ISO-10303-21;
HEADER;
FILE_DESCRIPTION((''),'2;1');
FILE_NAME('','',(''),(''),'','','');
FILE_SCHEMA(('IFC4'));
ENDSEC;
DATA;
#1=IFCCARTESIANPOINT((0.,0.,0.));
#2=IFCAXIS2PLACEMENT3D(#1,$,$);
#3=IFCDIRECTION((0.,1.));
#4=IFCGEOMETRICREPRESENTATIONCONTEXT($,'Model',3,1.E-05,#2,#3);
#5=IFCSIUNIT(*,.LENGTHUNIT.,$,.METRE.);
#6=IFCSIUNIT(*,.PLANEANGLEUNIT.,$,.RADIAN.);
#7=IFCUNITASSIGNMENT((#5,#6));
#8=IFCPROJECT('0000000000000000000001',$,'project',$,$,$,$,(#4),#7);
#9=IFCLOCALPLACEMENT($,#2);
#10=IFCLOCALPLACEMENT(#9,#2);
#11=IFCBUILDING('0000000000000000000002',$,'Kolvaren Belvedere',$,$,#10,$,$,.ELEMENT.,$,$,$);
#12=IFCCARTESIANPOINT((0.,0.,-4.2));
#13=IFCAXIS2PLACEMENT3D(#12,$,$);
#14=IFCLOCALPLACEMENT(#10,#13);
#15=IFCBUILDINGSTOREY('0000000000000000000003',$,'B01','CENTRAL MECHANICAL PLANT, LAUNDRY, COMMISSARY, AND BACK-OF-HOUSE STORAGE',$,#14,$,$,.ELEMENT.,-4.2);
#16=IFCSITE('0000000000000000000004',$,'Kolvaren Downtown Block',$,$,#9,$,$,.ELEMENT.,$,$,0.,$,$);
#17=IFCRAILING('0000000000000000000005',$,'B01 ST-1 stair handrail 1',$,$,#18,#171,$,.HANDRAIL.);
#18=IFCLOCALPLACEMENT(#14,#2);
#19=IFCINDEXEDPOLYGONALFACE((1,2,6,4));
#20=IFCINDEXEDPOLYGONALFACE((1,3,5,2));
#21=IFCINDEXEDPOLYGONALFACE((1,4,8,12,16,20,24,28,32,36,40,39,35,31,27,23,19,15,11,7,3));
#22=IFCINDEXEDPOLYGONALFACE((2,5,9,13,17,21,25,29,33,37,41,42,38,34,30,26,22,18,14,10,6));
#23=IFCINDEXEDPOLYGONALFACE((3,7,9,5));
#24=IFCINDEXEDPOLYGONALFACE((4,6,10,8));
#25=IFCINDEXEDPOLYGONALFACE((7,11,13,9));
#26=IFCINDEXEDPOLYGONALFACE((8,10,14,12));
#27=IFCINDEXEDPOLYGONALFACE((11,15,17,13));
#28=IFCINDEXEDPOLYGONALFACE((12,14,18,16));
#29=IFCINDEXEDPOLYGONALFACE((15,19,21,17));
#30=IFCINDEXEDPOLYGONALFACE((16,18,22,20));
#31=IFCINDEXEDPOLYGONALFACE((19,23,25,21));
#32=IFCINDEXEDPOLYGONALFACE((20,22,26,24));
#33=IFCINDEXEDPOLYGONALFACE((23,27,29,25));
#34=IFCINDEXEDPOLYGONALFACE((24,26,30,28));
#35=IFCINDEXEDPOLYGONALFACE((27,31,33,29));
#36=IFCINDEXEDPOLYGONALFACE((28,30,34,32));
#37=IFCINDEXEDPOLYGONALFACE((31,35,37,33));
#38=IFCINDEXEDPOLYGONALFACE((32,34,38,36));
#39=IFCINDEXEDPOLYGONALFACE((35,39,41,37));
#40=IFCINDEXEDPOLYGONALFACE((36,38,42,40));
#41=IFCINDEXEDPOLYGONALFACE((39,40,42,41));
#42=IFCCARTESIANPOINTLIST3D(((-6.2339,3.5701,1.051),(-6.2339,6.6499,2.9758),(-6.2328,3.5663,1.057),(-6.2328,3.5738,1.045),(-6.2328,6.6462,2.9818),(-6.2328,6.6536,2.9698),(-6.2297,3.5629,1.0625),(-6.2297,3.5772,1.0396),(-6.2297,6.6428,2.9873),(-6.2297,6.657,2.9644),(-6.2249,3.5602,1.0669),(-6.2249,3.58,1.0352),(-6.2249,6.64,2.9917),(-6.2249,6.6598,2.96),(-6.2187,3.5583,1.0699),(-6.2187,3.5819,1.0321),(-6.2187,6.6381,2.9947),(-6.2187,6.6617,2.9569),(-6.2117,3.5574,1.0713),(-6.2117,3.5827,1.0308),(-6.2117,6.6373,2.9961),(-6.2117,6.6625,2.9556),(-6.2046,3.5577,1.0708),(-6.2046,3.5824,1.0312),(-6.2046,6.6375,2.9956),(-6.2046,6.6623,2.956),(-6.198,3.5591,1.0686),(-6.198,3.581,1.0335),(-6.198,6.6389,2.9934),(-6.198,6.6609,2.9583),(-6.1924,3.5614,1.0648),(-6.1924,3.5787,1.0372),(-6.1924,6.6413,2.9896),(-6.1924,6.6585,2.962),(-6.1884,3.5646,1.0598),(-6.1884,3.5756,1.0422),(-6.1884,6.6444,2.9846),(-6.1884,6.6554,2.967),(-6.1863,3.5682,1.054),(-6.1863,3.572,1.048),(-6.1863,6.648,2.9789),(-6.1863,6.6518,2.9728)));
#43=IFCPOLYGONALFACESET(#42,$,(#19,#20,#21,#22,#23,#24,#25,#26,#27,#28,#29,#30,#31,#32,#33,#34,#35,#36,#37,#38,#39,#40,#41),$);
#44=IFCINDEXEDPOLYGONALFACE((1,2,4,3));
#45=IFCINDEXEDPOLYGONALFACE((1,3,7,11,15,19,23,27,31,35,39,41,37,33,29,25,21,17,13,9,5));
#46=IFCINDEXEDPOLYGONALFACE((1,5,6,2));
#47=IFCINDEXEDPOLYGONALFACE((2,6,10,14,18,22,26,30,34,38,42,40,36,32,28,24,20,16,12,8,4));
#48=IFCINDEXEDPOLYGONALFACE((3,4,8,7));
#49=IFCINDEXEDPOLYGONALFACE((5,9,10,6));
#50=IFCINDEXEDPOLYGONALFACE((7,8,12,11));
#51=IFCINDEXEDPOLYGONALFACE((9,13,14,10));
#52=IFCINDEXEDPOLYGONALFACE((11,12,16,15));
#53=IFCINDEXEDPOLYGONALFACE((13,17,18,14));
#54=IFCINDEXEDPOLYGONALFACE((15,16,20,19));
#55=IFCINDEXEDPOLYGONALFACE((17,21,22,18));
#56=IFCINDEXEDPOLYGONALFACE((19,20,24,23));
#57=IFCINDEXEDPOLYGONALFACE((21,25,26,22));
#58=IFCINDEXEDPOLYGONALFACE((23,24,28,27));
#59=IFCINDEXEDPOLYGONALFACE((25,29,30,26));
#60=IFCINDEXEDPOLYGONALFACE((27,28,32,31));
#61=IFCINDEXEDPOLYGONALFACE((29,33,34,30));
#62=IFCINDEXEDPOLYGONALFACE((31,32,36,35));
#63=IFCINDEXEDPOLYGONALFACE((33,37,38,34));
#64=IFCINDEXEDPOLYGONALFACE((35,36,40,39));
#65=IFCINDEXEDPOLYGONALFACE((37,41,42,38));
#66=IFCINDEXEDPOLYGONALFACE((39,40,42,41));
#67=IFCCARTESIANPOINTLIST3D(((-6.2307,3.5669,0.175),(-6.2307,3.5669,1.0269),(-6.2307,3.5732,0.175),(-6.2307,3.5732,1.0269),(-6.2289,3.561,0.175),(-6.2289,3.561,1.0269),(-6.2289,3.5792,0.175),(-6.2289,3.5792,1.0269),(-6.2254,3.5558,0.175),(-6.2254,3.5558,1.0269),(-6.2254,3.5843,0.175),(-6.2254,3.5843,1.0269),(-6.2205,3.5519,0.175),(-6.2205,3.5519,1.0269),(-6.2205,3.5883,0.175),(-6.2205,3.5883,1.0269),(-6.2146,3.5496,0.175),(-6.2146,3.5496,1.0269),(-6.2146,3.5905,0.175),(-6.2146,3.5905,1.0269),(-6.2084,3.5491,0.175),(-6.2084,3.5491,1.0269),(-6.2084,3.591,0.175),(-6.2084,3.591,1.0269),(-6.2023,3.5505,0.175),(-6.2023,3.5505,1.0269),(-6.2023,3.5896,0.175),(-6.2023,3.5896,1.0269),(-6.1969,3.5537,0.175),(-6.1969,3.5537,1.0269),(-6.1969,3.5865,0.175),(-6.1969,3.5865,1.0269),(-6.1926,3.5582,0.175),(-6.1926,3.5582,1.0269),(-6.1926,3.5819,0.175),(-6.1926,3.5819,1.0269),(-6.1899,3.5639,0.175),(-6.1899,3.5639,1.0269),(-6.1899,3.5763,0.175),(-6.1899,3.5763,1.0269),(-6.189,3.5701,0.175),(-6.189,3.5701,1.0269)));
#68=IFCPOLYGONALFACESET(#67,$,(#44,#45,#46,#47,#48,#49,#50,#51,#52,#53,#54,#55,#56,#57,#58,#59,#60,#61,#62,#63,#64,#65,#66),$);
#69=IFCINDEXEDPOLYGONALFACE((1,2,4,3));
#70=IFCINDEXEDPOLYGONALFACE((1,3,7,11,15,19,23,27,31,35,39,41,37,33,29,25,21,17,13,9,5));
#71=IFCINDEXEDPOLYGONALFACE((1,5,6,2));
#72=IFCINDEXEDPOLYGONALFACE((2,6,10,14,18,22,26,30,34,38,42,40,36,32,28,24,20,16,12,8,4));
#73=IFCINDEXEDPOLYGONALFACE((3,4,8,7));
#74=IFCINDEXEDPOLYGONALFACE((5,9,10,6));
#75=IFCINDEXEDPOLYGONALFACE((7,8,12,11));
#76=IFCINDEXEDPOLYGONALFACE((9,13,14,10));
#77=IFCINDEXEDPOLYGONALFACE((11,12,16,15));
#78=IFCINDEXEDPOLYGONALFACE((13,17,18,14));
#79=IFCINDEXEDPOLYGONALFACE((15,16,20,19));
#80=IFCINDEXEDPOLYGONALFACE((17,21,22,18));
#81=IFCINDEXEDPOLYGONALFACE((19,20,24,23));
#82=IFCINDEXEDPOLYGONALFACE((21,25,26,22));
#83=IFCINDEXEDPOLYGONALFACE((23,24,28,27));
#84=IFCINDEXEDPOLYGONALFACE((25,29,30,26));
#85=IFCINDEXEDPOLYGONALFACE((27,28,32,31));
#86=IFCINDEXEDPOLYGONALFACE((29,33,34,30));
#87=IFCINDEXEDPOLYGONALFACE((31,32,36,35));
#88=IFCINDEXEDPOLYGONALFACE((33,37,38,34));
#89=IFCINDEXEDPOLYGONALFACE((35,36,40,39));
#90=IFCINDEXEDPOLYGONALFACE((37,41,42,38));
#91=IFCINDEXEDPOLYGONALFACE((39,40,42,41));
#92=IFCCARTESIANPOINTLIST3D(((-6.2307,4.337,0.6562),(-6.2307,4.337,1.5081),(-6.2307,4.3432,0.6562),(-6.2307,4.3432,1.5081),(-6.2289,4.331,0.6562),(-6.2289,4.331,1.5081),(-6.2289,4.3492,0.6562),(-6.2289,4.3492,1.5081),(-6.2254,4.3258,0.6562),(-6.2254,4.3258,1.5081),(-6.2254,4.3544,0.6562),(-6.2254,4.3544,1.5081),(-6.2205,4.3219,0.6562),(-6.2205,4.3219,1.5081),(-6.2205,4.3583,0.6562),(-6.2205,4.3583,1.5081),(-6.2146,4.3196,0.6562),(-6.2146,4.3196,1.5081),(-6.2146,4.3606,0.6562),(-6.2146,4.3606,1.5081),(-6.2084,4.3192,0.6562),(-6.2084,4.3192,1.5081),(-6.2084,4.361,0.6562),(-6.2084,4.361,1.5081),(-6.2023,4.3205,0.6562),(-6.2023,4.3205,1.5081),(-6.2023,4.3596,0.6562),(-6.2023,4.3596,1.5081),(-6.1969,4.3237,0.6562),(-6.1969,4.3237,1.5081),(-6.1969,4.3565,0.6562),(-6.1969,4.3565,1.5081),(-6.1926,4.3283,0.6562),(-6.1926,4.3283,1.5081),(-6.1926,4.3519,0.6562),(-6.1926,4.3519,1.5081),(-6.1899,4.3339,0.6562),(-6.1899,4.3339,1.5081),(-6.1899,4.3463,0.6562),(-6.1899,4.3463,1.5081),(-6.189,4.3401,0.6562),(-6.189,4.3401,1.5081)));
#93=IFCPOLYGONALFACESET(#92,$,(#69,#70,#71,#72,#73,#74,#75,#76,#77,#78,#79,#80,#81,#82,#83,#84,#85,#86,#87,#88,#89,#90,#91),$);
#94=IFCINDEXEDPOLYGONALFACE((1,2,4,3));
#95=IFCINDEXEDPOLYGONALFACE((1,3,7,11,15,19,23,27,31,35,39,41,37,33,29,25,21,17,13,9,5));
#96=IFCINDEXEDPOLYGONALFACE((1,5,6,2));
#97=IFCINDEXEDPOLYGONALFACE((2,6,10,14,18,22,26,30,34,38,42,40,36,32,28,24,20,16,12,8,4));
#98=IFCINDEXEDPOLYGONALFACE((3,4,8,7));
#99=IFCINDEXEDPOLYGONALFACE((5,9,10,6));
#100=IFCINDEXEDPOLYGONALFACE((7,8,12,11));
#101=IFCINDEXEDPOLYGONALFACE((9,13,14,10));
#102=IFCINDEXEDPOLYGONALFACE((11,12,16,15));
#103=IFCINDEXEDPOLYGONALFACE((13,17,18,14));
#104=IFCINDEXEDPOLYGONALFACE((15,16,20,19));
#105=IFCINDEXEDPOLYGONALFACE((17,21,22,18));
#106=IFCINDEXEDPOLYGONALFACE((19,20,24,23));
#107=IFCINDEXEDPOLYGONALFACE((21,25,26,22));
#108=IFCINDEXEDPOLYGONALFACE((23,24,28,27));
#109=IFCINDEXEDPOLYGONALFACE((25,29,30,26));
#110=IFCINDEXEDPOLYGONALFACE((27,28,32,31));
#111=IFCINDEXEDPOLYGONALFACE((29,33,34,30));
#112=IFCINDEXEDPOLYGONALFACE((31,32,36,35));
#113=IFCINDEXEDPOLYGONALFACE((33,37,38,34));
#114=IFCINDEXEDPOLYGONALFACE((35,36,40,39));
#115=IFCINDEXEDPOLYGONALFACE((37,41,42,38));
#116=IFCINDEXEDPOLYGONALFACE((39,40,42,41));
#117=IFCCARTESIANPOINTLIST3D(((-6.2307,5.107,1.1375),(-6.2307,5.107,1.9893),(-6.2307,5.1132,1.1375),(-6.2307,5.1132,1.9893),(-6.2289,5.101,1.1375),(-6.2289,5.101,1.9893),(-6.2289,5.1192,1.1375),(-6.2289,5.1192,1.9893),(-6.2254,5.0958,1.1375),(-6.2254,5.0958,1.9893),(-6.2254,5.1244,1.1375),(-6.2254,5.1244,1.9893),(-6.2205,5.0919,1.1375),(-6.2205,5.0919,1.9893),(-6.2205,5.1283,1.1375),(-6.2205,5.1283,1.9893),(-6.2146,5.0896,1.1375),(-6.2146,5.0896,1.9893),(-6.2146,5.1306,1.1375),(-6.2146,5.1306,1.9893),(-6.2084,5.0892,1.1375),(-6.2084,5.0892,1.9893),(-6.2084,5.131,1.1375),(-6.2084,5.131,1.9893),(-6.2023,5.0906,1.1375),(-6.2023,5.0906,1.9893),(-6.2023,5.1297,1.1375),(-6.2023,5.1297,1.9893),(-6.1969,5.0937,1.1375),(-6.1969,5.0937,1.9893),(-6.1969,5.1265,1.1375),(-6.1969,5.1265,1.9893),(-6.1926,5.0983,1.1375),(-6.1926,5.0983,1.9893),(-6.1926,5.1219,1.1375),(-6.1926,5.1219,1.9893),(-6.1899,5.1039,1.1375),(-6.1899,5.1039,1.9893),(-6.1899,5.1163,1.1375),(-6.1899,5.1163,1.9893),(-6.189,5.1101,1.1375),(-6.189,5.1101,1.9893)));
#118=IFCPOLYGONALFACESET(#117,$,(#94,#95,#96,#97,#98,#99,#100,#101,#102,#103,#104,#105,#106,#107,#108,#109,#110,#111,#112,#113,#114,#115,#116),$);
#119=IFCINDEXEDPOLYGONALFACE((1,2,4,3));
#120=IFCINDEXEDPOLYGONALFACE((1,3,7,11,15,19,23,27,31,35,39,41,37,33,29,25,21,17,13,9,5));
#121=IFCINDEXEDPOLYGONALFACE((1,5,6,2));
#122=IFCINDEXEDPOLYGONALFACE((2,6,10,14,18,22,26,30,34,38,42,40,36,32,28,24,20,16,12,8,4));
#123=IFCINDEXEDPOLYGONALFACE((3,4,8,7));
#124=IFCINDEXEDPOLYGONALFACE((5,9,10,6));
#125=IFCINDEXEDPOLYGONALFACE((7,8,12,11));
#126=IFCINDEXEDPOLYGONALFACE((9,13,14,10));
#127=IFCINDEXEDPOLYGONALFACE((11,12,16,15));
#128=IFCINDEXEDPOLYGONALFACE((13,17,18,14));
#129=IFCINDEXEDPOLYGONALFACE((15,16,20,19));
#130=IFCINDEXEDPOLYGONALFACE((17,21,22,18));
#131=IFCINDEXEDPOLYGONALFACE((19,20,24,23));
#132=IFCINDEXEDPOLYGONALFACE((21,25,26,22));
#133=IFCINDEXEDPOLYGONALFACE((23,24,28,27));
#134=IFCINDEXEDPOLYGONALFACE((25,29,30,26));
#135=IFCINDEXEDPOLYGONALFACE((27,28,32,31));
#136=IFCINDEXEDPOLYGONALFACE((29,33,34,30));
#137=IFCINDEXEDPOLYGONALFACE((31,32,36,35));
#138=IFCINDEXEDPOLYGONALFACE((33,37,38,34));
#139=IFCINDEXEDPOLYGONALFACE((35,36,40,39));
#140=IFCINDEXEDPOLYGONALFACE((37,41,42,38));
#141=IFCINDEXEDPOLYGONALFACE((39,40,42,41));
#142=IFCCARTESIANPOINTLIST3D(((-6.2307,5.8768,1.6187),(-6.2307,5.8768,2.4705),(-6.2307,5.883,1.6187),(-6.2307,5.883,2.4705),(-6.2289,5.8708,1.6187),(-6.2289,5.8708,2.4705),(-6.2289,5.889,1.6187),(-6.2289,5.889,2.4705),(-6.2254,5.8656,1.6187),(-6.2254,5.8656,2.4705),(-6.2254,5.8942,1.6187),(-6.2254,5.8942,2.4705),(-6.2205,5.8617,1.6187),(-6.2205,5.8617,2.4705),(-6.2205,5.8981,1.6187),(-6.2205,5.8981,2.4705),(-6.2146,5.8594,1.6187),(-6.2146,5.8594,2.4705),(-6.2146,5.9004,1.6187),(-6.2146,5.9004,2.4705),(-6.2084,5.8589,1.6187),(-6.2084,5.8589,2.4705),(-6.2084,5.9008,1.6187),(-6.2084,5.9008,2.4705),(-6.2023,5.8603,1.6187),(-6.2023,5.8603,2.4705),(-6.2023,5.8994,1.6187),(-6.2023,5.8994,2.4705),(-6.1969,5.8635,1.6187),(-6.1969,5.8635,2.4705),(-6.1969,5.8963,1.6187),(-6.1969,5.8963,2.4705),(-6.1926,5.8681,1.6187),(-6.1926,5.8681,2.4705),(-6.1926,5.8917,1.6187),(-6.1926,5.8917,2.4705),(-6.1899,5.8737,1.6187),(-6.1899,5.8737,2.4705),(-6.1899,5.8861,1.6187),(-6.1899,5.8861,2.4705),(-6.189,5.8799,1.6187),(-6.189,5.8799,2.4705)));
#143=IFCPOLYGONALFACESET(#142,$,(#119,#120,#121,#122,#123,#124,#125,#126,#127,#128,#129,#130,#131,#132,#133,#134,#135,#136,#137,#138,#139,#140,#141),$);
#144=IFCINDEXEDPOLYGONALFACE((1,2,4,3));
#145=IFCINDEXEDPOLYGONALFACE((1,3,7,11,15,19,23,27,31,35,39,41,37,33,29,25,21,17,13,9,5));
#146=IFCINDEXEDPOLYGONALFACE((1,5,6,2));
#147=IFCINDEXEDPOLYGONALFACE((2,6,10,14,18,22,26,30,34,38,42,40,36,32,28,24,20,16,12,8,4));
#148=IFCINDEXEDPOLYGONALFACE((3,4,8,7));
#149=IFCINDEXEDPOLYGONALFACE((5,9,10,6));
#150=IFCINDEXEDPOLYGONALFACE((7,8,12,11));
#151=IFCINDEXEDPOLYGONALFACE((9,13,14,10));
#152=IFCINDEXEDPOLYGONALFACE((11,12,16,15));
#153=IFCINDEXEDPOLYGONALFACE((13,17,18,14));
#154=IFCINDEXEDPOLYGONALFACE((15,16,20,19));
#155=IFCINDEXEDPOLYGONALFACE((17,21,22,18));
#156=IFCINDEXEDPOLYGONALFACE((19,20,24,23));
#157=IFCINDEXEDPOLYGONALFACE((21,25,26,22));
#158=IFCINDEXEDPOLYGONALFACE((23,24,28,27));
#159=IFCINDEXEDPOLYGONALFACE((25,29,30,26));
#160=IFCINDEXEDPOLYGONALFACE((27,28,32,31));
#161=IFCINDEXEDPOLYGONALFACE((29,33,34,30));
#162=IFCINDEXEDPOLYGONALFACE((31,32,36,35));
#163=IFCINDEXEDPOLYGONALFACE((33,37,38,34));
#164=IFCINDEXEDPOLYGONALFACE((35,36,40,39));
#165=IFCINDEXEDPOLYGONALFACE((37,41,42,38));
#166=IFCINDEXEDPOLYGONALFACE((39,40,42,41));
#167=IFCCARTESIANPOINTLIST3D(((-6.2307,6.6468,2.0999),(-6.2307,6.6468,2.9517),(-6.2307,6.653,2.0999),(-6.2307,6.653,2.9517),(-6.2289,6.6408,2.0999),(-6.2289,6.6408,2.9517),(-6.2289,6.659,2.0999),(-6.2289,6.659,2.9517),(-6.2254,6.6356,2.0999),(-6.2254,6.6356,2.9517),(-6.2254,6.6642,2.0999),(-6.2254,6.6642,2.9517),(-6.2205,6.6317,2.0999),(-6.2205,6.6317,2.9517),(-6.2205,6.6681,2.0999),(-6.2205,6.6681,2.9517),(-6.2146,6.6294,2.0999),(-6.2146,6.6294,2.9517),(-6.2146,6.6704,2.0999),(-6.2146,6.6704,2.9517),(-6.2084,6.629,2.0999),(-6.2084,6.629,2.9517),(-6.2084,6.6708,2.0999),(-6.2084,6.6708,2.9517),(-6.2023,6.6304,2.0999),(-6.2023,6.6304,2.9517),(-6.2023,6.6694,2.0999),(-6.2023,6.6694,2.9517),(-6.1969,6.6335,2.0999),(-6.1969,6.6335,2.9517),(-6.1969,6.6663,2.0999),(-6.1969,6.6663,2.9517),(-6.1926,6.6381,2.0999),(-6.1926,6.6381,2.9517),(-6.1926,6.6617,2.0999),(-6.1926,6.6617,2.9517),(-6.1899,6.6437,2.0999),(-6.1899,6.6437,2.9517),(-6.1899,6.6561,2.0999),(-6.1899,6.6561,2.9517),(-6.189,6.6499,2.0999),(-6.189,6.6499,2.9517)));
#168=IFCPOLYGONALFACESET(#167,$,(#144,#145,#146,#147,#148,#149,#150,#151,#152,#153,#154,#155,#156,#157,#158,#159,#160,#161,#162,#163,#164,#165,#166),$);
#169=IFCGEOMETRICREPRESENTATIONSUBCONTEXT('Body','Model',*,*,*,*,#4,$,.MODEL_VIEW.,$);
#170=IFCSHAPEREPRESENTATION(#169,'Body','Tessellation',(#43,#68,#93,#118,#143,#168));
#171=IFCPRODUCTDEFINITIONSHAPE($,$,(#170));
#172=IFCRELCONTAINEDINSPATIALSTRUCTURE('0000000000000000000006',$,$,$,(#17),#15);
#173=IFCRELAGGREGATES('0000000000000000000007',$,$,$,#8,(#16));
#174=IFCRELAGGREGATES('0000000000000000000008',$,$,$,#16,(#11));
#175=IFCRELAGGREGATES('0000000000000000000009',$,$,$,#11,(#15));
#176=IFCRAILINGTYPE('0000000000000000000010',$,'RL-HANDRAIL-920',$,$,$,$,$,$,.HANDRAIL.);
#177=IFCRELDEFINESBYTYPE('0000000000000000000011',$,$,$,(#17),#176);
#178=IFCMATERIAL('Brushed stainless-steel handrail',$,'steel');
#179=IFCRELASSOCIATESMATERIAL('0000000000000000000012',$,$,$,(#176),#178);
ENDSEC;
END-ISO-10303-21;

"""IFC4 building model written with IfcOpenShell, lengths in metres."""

from ifc_helpers import new_model, si_unit, direction, frame, origin, origin_2d, place, context, subcontext, project, spatial, circle, extrude, material, type_object, element, save


model = new_model("IFC4")

# Units and contexts
model_context = context("Model", 3, precision=1e-05, world=origin(), true_north=direction((0.0, 1.0)))
body_context = subcontext(model_context, "Body", "Model", "MODEL_VIEW")
ifc_project = project(units=[si_unit("LENGTHUNIT", "METRE"), si_unit("PLANEANGLEUNIT", "RADIAN")], contexts=[model_context])

# Site, building, storey
site_placement = place(None, origin())
site = spatial("IfcSite", under=ifc_project, at=site_placement, Name="Kolvaren Downtown Block", CompositionType="ELEMENT", RefElevation=0.0)
building_placement = place(site_placement, origin())
building = spatial("IfcBuilding", under=site, at=building_placement, Name="Kolvaren Belvedere", CompositionType="ELEMENT")
storey_placement = place(building_placement, frame((0.0, 0.0, -4.2)))
storey = spatial("IfcBuildingStorey", under=building, at=storey_placement, Name="B01", Description="CENTRAL MECHANICAL PLANT, LAUNDRY, COMMISSARY, AND BACK-OF-HOUSE STORAGE", CompositionType="ELEMENT", Elevation=-4.2)

# Railing
ifc_material_1 = material(Name="Brushed stainless-steel handrail", Category="steel")
railing_type_1 = type_object("IfcRailingType", Name="RL-HANDRAIL-920", PredefinedType="HANDRAIL", material=ifc_material_1)
railing_1_placement = place(storey_placement, frame((-6.21, 3.5701, 0.175)))
element("IfcRailing", 1, at=railing_1_placement, inside=storey, type_object=railing_type_1, Name="B01 ST-1 stair handrail 1", PredefinedType="HANDRAIL", context=body_context, shape_type="SweptSolid", body=[
    extrude(circle(Radius=0.0239, at=origin_2d()), frame((0.0, 0.0, 0.876), z_axis=(0.0, 0.84801, 0.529981), x_axis=(-1.0, 0.0, 0.0)), (0.0, 0.0, 1.0), 3.6318),
    extrude(circle(Radius=0.021, at=origin_2d()), origin(), (0.0, 0.0, 1.0), 0.8518),
    extrude(circle(Radius=0.021, at=origin_2d()), frame((0.0, 0.77, 0.4812)), (0.0, 0.0, 1.0), 0.8518),
    extrude(circle(Radius=0.021, at=origin_2d()), frame((0.0, 1.54, 0.9624)), (0.0, 0.0, 1.0), 0.8518),
    extrude(circle(Radius=0.021, at=origin_2d()), frame((0.0, 2.3098, 1.4436)), (0.0, 0.0, 1.0), 0.8518),
    extrude(circle(Radius=0.021, at=origin_2d()), frame((0.0, 3.0798, 1.9248)), (0.0, 0.0, 1.0), 0.8518),
])

save(model, "model.ifc")
